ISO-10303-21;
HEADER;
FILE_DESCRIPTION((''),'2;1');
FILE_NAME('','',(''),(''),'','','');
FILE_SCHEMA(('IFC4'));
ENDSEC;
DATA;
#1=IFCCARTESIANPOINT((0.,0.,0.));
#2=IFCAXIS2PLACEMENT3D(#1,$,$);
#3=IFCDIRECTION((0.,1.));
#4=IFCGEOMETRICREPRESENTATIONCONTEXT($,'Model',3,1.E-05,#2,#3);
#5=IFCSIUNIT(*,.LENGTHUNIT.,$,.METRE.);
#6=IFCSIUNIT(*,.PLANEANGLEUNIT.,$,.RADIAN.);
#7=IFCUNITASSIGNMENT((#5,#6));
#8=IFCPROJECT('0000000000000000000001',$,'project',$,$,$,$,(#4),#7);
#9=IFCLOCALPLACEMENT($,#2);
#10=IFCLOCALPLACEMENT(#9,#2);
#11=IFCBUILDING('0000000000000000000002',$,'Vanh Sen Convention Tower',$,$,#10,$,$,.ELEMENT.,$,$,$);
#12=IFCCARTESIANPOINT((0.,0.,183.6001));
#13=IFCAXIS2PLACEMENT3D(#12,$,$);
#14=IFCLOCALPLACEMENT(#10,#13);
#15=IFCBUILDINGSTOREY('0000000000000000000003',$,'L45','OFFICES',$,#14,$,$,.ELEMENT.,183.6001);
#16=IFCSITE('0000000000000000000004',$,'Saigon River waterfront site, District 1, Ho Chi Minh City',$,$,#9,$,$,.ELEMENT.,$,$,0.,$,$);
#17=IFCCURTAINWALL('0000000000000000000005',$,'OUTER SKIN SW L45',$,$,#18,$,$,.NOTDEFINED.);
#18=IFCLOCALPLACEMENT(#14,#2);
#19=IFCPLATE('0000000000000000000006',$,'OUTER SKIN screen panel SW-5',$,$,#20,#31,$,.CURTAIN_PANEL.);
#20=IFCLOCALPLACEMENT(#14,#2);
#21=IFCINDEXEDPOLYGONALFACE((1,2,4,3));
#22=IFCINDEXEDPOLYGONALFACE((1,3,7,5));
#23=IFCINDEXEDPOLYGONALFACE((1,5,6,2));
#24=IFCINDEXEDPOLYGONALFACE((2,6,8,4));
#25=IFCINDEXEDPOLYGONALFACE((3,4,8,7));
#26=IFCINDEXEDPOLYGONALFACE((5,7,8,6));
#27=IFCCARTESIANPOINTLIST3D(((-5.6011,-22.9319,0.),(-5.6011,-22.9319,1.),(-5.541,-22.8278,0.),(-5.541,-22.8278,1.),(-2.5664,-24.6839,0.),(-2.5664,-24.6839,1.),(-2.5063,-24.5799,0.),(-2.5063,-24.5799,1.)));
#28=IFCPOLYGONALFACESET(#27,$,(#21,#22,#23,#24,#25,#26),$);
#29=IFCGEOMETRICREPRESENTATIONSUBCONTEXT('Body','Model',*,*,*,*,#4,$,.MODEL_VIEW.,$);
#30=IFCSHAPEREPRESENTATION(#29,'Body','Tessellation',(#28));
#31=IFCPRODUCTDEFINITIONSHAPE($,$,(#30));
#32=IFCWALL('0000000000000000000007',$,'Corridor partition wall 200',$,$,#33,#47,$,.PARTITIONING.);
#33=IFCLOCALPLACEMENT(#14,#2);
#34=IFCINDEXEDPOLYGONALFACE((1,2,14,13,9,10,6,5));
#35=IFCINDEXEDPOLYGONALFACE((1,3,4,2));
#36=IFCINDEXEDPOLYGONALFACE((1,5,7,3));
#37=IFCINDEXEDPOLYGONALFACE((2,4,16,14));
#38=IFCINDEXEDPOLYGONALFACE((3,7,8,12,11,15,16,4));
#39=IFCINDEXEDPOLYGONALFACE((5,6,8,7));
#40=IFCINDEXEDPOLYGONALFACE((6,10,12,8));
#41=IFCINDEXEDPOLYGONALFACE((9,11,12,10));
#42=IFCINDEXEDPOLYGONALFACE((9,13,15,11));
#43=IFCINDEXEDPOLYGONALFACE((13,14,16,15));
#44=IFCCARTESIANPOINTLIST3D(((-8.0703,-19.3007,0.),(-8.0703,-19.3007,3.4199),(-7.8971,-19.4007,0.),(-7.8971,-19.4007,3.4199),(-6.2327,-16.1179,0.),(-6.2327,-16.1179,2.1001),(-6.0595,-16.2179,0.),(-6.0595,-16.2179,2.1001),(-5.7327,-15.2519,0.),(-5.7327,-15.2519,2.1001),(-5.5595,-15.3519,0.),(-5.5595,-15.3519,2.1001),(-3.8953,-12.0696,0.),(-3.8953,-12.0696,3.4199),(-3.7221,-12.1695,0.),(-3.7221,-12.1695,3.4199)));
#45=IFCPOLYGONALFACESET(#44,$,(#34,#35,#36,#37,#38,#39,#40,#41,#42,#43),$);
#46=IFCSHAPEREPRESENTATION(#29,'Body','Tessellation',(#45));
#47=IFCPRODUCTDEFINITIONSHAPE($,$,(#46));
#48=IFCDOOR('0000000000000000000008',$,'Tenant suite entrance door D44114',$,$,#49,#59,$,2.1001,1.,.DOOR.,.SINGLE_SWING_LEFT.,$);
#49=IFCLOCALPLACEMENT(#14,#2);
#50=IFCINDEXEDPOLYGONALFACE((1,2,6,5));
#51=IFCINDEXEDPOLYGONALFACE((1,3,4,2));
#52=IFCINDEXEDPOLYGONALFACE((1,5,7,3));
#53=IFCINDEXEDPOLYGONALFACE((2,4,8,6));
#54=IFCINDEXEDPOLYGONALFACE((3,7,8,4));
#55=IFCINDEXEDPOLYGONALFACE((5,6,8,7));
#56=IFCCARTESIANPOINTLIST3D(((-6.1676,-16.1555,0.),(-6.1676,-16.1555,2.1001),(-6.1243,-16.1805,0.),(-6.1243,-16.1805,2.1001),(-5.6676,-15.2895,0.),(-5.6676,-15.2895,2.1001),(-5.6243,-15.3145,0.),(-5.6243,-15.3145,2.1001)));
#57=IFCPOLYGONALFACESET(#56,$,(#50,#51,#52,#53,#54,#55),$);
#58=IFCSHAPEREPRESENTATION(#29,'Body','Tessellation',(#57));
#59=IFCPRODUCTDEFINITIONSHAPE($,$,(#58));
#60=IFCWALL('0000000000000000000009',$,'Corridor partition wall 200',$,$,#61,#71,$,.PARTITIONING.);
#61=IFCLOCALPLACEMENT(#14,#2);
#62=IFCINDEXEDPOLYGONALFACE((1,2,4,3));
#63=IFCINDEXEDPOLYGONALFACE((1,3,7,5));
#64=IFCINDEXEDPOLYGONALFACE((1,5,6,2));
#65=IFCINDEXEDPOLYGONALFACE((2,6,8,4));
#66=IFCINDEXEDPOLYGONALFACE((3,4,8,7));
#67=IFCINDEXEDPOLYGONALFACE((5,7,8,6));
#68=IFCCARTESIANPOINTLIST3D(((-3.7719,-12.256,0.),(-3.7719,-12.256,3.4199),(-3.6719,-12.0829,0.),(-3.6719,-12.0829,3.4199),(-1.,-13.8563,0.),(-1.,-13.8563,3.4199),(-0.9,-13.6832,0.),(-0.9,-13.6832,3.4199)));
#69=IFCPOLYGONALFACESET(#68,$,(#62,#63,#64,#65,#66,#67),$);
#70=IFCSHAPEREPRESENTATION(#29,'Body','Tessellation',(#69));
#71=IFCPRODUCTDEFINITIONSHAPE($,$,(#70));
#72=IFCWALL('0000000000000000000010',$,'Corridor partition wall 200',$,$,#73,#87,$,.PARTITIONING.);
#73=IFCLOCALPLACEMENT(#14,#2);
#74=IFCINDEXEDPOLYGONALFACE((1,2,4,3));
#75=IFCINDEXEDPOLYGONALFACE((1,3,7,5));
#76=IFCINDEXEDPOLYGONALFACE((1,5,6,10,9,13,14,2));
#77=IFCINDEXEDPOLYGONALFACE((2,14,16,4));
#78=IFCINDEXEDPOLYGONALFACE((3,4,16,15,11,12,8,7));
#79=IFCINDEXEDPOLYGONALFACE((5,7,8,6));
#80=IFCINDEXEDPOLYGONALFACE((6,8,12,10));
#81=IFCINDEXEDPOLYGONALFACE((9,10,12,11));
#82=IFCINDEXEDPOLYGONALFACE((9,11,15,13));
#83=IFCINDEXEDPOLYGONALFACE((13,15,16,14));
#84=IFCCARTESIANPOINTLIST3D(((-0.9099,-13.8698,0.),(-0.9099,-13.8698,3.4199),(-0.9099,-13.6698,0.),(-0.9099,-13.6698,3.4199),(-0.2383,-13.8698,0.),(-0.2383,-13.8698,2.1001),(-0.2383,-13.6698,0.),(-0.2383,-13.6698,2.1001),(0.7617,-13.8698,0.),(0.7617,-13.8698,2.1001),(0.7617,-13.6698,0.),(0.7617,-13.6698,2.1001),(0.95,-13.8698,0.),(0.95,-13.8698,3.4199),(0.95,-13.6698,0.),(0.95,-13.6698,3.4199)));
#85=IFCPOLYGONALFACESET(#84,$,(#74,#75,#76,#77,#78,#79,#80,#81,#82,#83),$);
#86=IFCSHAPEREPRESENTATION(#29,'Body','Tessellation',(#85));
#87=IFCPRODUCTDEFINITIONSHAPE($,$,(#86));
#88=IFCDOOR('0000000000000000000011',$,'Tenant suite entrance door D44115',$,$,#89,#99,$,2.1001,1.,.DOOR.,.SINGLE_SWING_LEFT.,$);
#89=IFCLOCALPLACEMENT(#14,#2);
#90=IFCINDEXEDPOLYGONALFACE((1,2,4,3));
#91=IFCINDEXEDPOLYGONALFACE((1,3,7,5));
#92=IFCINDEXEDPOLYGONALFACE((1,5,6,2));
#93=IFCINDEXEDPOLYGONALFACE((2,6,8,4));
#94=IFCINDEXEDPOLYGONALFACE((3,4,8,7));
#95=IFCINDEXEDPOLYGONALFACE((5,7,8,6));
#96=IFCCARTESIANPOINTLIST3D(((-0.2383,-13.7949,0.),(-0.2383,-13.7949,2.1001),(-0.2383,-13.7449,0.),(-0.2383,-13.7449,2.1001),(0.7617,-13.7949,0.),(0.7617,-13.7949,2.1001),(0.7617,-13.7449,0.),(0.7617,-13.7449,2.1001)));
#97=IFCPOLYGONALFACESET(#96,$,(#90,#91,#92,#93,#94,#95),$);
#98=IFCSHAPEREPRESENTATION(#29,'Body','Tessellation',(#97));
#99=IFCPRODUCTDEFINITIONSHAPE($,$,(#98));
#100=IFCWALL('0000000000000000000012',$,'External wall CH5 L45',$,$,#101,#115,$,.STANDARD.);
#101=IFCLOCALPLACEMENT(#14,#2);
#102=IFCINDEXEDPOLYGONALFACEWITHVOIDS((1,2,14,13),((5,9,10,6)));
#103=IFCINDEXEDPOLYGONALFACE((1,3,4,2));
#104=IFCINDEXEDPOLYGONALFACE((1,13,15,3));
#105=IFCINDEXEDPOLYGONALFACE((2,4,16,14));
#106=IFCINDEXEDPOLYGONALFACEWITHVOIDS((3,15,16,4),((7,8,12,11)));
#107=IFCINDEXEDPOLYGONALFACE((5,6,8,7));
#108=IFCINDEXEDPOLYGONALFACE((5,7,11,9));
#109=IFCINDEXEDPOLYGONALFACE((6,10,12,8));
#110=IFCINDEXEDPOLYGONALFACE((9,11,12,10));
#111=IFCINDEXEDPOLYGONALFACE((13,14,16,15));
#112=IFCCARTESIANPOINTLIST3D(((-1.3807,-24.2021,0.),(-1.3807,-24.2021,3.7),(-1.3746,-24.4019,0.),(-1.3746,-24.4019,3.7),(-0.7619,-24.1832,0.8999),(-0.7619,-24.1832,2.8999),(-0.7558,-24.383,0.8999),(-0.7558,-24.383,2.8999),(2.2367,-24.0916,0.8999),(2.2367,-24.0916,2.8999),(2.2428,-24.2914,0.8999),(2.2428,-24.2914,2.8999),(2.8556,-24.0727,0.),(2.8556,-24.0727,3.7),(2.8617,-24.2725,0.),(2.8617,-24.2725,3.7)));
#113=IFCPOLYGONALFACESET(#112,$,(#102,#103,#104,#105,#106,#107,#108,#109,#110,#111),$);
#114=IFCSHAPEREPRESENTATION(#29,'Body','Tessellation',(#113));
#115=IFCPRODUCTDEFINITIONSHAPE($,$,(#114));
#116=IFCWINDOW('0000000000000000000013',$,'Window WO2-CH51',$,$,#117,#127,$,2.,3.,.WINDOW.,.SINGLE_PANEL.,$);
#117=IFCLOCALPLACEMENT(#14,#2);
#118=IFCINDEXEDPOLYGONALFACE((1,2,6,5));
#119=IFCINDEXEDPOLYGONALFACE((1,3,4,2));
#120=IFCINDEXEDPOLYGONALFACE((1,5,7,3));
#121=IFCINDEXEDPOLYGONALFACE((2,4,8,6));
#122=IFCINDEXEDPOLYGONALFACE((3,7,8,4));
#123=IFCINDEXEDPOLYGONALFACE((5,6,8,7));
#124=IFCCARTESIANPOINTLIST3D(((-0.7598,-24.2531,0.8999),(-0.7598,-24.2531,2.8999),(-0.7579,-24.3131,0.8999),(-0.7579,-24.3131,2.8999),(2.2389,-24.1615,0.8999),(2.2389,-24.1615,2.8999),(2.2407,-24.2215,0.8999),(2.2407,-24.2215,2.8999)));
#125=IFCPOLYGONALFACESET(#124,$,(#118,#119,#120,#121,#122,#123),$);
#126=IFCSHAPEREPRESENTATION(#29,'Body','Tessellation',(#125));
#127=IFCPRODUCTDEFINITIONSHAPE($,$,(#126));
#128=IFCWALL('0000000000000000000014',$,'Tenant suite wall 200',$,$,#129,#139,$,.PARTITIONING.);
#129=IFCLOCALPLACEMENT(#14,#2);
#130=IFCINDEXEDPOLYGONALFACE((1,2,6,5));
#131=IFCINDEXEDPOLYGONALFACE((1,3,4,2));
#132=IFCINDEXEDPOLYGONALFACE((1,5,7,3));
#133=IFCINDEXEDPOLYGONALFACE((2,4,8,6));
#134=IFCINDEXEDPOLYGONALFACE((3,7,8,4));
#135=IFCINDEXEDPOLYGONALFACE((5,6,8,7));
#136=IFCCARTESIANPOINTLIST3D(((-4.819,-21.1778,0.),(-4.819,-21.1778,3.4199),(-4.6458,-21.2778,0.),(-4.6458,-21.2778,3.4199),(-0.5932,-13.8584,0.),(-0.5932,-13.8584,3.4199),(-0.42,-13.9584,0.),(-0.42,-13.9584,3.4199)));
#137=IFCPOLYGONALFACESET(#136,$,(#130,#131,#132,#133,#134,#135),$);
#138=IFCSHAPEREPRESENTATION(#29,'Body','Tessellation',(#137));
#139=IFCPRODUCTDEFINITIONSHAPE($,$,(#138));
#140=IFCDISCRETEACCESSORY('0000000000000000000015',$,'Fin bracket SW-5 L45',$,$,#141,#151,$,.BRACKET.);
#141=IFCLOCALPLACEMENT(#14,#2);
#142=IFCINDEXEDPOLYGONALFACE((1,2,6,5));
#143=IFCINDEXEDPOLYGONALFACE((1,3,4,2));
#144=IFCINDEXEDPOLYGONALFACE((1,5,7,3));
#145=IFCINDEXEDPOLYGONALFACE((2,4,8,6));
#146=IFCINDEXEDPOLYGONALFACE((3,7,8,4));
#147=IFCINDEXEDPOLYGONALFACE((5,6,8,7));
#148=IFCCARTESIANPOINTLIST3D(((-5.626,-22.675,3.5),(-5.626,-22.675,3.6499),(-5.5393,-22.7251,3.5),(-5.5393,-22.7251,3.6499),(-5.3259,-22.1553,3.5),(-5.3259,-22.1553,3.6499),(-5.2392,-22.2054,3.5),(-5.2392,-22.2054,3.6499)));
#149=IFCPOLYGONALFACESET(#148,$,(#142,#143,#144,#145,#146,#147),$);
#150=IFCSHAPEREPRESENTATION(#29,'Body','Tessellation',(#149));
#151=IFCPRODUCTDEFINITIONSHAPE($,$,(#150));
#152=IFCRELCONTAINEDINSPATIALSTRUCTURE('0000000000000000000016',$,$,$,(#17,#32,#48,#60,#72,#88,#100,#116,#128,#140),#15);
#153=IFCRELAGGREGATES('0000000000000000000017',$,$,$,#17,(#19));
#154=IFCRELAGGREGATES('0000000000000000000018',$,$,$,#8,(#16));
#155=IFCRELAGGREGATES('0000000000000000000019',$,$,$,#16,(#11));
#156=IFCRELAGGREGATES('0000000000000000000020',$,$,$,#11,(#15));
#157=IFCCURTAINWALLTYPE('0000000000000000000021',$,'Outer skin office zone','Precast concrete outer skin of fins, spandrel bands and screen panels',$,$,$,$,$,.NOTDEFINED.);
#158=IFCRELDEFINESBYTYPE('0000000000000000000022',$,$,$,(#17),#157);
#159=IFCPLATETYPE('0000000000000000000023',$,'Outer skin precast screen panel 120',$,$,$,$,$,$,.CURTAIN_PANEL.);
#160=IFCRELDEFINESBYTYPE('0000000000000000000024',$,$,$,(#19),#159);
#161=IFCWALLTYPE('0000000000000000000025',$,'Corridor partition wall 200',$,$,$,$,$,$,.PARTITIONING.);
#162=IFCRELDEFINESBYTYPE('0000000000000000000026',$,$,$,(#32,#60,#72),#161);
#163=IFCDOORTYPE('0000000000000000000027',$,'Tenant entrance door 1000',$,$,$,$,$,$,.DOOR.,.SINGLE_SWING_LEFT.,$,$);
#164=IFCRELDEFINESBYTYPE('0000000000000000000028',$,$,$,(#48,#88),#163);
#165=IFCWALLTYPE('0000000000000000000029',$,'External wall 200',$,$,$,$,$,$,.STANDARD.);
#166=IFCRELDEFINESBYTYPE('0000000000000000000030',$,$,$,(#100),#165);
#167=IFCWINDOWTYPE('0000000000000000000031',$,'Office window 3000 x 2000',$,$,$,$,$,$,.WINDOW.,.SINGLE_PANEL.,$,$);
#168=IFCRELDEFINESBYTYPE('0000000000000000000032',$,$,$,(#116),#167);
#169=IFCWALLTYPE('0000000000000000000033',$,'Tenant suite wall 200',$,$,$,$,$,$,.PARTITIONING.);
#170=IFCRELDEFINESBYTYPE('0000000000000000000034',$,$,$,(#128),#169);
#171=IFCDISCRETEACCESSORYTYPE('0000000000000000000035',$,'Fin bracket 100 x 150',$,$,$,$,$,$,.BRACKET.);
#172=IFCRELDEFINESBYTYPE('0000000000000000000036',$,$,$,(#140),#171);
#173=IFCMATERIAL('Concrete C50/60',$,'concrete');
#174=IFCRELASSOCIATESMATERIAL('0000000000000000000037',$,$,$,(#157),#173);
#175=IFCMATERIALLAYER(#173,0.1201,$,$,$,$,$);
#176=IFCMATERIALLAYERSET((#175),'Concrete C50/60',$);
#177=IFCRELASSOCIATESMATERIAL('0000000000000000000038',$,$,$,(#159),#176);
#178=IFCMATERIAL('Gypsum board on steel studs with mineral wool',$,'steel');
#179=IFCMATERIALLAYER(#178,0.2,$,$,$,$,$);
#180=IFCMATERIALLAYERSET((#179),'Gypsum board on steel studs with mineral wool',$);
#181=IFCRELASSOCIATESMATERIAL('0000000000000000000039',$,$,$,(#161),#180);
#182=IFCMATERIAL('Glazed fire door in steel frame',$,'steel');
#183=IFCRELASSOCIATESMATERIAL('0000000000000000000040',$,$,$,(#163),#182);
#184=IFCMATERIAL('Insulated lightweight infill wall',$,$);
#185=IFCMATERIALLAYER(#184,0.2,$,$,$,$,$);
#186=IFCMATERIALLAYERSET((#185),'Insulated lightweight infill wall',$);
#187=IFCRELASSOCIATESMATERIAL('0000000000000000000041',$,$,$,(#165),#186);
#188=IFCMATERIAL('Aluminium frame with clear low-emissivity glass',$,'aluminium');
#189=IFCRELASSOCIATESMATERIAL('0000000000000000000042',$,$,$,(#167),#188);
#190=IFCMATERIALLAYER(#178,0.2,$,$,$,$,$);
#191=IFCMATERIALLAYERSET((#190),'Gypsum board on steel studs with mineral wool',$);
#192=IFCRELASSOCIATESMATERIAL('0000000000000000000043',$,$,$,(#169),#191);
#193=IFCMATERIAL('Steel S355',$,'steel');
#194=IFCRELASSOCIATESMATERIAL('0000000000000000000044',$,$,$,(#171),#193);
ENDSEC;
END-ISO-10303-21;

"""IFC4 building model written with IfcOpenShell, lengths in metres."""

from ifc_helpers import new_model, si_unit, direction, frame, frame_2d, origin, origin_2d, place, context, subcontext, project, spatial, rectangle, extrude, material, layer, layer_set, type_object, element, fill, aggregate, save


model = new_model("IFC4")

# Units and contexts
model_context = context("Model", 3, precision=1e-05, world=origin(), true_north=direction((0.0, 1.0)))
body_context = subcontext(model_context, "Body", "Model", "MODEL_VIEW")
ifc_project = project(units=[si_unit("LENGTHUNIT", "METRE"), si_unit("PLANEANGLEUNIT", "RADIAN")], contexts=[model_context])

# Site, building, storey
site_placement = place(None, origin())
site = spatial("IfcSite", under=ifc_project, at=site_placement, Name="Saigon River waterfront site, District 1, Ho Chi Minh City", CompositionType="ELEMENT", RefElevation=0.0)
building_placement = place(site_placement, origin())
building = spatial("IfcBuilding", under=site, at=building_placement, Name="Vanh Sen Convention Tower", CompositionType="ELEMENT")
storey_placement = place(building_placement, frame((0.0, 0.0, 183.6001)))
storey = spatial("IfcBuildingStorey", under=building, at=storey_placement, Name="L45", Description="OFFICES", CompositionType="ELEMENT", Elevation=183.6001)

# Curtain wall
ifc_material_1 = material(Name="Concrete C50/60", Category="concrete")
curtain_wall_type = type_object("IfcCurtainWallType", Name="Outer skin office zone", Description="Precast concrete outer skin of fins, spandrel bands and screen panels", PredefinedType="NOTDEFINED", material=ifc_material_1)
curtain_wall_1_placement = place(storey_placement, origin())
curtain_wall_1 = element("IfcCurtainWall", 1, at=curtain_wall_1_placement, inside=storey, type_object=curtain_wall_type, Name="OUTER SKIN SW L45", PredefinedType="NOTDEFINED")

# Plate
ifc_layer_1 = layer(ifc_material_1, 0.1201)
ifc_layer_set_1 = layer_set([ifc_layer_1], Name="Concrete C50/60")
plate_type = type_object("IfcPlateType", Name="Outer skin precast screen panel 120", PredefinedType="CURTAIN_PANEL", material=ifc_layer_set_1)
plate_1_placement = place(storey_placement, frame((-4.0537, -23.7559, 0.0), z_axis=(0.0, 0.0, 1.0), x_axis=(0.866035, -0.499983, 0.0)))
plate_1 = element("IfcPlate", 2, at=plate_1_placement, type_object=plate_type, Name="OUTER SKIN screen panel SW-5", PredefinedType="CURTAIN_PANEL", context=body_context, shape_type="SweptSolid", body=[
    extrude(rectangle(XDim=3.5042, YDim=0.1201, at=origin_2d()), origin(), (0.0, 0.0, 1.0), 1.0),
])
aggregate(curtain_wall_1, [plate_1])

# Wall, opening, door
ifc_material_2 = material(Name="Gypsum board on steel studs with mineral wool", Category="steel")
ifc_layer_2 = layer(ifc_material_2, 0.2)
ifc_layer_set_2 = layer_set([ifc_layer_2], Name="Gypsum board on steel studs with mineral wool")
wall_type_1 = type_object("IfcWallType", Name="Corridor partition wall 200", PredefinedType="PARTITIONING", material=ifc_layer_set_2)
wall_1_placement = place(storey_placement, frame((-7.9836, -19.3506, 0.0), z_axis=(0.0, 0.0, 1.0), x_axis=(0.50001, 0.86602, 0.0)))
wall_1 = element("IfcWall", 3, at=wall_1_placement, inside=storey, type_object=wall_type_1, Name="Corridor partition wall 200", PredefinedType="PARTITIONING", context=body_context, shape_type="SweptSolid", body=[
    extrude(rectangle(XDim=8.3499, YDim=0.2, at=frame_2d((4.1748, 0.0))), origin(), (0.0, 0.0, 1.0), 3.4199),
])
opening_1_placement = place(wall_1_placement, frame((3.675, 0.0, 0.0)))
opening_1 = element("IfcOpeningElement", 4, at=opening_1_placement, cuts=wall_1, PredefinedType="OPENING", context=body_context, shape_type="SweptSolid", body=[
    extrude(rectangle(XDim=1.0, YDim=2.1001, at=frame_2d((0.5, 1.05))), frame((0.0, 0.1099, 0.0), z_axis=(0.0, -1.0, 0.0), x_axis=(1.0, 0.0, 0.0)), (0.0, 0.0, 1.0), 0.22),
])
ifc_material_3 = material(Name="Glazed fire door in steel frame", Category="steel")
door_type = type_object("IfcDoorType", Name="Tenant entrance door 1000", OperationType="SINGLE_SWING_LEFT", PredefinedType="DOOR", material=ifc_material_3)
door_1_placement = place(opening_1_placement, origin())
door_1 = element("IfcDoor", 5, at=door_1_placement, inside=storey, type_object=door_type, Name="Tenant suite entrance door D44114", OperationType="SINGLE_SWING_LEFT", OverallHeight=2.1001, OverallWidth=1.0, PredefinedType="DOOR", context=body_context, shape_type="SweptSolid", body=[
    extrude(rectangle(XDim=1.0, YDim=2.1001, at=frame_2d((0.5, 1.05))), frame((0.0, 0.0249, 0.0), z_axis=(0.0, -1.0, 0.0), x_axis=(1.0, 0.0, 0.0)), (0.0, 0.0, 1.0), 0.05),
])
fill(opening_1, door_1)

# Wall
wall_2_placement = place(storey_placement, frame((-3.7219, -12.1694, 0.0), z_axis=(0.0, 0.0, 1.0), x_axis=(0.866033, -0.499987, 0.0)))
element("IfcWall", 6, at=wall_2_placement, inside=storey, type_object=wall_type_1, Name="Corridor partition wall 200", PredefinedType="PARTITIONING", context=body_context, shape_type="SweptSolid", body=[
    extrude(rectangle(XDim=3.2007, YDim=0.2, at=frame_2d((1.6003, 0.0))), origin(), (0.0, 0.0, 1.0), 3.4199),
])

# Wall, opening, door
wall_3_placement = place(storey_placement, frame((-0.9099, -13.7698, 0.0), z_axis=(0.0, 0.0, 1.0), x_axis=(1.0, 0.0, 0.0)))
wall_3 = element("IfcWall", 7, at=wall_3_placement, inside=storey, type_object=wall_type_1, Name="Corridor partition wall 200", PredefinedType="PARTITIONING", context=body_context, shape_type="SweptSolid", body=[
    extrude(rectangle(XDim=1.8599, YDim=0.2, at=frame_2d((0.9299, 0.0))), origin(), (0.0, 0.0, 1.0), 3.4199),
])
opening_2_placement = place(wall_3_placement, frame((0.6716, 0.0, 0.0)))
opening_2 = element("IfcOpeningElement", 8, at=opening_2_placement, cuts=wall_3, PredefinedType="OPENING", context=body_context, shape_type="SweptSolid", body=[
    extrude(rectangle(XDim=1.0, YDim=2.1001, at=frame_2d((0.5, 1.05))), frame((0.0, 0.1099, 0.0), z_axis=(0.0, -1.0, 0.0), x_axis=(1.0, 0.0, 0.0)), (0.0, 0.0, 1.0), 0.22),
])
door_2_placement = place(opening_2_placement, origin())
door_2 = element("IfcDoor", 9, at=door_2_placement, inside=storey, type_object=door_type, Name="Tenant suite entrance door D44115", OperationType="SINGLE_SWING_LEFT", OverallHeight=2.1001, OverallWidth=1.0, PredefinedType="DOOR", context=body_context, shape_type="SweptSolid", body=[
    extrude(rectangle(XDim=1.0, YDim=2.1001, at=frame_2d((0.5, 1.05))), frame((0.0, 0.0249, 0.0), z_axis=(0.0, -1.0, 0.0), x_axis=(1.0, 0.0, 0.0)), (0.0, 0.0, 1.0), 0.05),
])
fill(opening_2, door_2)

# Wall, opening, window
ifc_material_4 = material(Name="Insulated lightweight infill wall")
ifc_layer_3 = layer(ifc_material_4, 0.2)
ifc_layer_set_3 = layer_set([ifc_layer_3], Name="Insulated lightweight infill wall")
wall_type_2 = type_object("IfcWallType", Name="External wall 200", PredefinedType="STANDARD", material=ifc_layer_set_3)
wall_4_placement = place(storey_placement, frame((-1.3777, -24.302, 0.0), z_axis=(0.0, 0.0, 1.0), x_axis=(0.999534, 0.03053, 0.0)))
wall_4 = element("IfcWall", 10, at=wall_4_placement, inside=storey, type_object=wall_type_2, Name="External wall CH5 L45", PredefinedType="STANDARD", context=body_context, shape_type="SweptSolid", body=[
    extrude(rectangle(XDim=4.2383, YDim=0.2, at=frame_2d((2.1191, 0.0))), origin(), (0.0, 0.0, 1.0), 3.7),
])
opening_3_placement = place(wall_4_placement, frame((0.6191, 0.0, 0.8999)))
opening_3 = element("IfcOpeningElement", 11, at=opening_3_placement, cuts=wall_4, PredefinedType="OPENING", context=body_context, shape_type="SweptSolid", body=[
    extrude(rectangle(XDim=3.0, YDim=2.0, at=frame_2d((1.5, 1.0))), frame((0.0, 0.1099, 0.0), z_axis=(0.0, -1.0, 0.0), x_axis=(1.0, 0.0, 0.0)), (0.0, 0.0, 1.0), 0.22),
])
ifc_material_5 = material(Name="Aluminium frame with clear low-emissivity glass", Category="aluminium")
window_type = type_object("IfcWindowType", Name="Office window 3000 x 2000", PartitioningType="SINGLE_PANEL", PredefinedType="WINDOW", material=ifc_material_5)
window_placement = place(opening_3_placement, origin())
window = element("IfcWindow", 12, at=window_placement, inside=storey, type_object=window_type, Name="Window WO2-CH51", OverallHeight=2.0, OverallWidth=3.0, PartitioningType="SINGLE_PANEL", PredefinedType="WINDOW", context=body_context, shape_type="SweptSolid", body=[
    extrude(rectangle(XDim=3.0, YDim=2.0, at=frame_2d((1.5, 1.0))), frame((0.0, 0.03, 0.0), z_axis=(0.0, -1.0, 0.0), x_axis=(1.0, 0.0, 0.0)), (0.0, 0.0, 1.0), 0.0601),
])
fill(opening_3, window)

# Wall
ifc_layer_4 = layer(ifc_material_2, 0.2)
ifc_layer_set_4 = layer_set([ifc_layer_4], Name="Gypsum board on steel studs with mineral wool")
wall_type_3 = type_object("IfcWallType", Name="Tenant suite wall 200", PredefinedType="PARTITIONING", material=ifc_layer_set_4)
wall_5_placement = place(storey_placement, frame((-4.7324, -21.2278, 0.0), z_axis=(0.0, 0.0, 1.0), x_axis=(0.500001, 0.866025, 0.0)))
element("IfcWall", 13, at=wall_5_placement, inside=storey, type_object=wall_type_3, Name="Tenant suite wall 200", PredefinedType="PARTITIONING", context=body_context, shape_type="SweptSolid", body=[
    extrude(rectangle(XDim=8.4517, YDim=0.2, at=frame_2d((4.2258, 0.0))), origin(), (0.0, 0.0, 1.0), 3.4199),
])

# Discrete accessory
ifc_material_6 = material(Name="Steel S355", Category="steel")
discrete_accessory_type = type_object("IfcDiscreteAccessoryType", Name="Fin bracket 100 x 150", PredefinedType="BRACKET", material=ifc_material_6)
discrete_accessory_placement = place(storey_placement, frame((-5.4326, -22.4402, 3.5), z_axis=(0.0, 0.0, 1.0), x_axis=(-0.5, -0.866025, 0.0)))
element("IfcDiscreteAccessory", 14, at=discrete_accessory_placement, inside=storey, type_object=discrete_accessory_type, Name="Fin bracket SW-5 L45", PredefinedType="BRACKET", context=body_context, shape_type="SweptSolid", body=[
    extrude(rectangle(XDim=0.6001, YDim=0.1001, at=origin_2d()), origin(), (0.0, 0.0, 1.0), 0.1499),
])

save(model, "model.ifc")
